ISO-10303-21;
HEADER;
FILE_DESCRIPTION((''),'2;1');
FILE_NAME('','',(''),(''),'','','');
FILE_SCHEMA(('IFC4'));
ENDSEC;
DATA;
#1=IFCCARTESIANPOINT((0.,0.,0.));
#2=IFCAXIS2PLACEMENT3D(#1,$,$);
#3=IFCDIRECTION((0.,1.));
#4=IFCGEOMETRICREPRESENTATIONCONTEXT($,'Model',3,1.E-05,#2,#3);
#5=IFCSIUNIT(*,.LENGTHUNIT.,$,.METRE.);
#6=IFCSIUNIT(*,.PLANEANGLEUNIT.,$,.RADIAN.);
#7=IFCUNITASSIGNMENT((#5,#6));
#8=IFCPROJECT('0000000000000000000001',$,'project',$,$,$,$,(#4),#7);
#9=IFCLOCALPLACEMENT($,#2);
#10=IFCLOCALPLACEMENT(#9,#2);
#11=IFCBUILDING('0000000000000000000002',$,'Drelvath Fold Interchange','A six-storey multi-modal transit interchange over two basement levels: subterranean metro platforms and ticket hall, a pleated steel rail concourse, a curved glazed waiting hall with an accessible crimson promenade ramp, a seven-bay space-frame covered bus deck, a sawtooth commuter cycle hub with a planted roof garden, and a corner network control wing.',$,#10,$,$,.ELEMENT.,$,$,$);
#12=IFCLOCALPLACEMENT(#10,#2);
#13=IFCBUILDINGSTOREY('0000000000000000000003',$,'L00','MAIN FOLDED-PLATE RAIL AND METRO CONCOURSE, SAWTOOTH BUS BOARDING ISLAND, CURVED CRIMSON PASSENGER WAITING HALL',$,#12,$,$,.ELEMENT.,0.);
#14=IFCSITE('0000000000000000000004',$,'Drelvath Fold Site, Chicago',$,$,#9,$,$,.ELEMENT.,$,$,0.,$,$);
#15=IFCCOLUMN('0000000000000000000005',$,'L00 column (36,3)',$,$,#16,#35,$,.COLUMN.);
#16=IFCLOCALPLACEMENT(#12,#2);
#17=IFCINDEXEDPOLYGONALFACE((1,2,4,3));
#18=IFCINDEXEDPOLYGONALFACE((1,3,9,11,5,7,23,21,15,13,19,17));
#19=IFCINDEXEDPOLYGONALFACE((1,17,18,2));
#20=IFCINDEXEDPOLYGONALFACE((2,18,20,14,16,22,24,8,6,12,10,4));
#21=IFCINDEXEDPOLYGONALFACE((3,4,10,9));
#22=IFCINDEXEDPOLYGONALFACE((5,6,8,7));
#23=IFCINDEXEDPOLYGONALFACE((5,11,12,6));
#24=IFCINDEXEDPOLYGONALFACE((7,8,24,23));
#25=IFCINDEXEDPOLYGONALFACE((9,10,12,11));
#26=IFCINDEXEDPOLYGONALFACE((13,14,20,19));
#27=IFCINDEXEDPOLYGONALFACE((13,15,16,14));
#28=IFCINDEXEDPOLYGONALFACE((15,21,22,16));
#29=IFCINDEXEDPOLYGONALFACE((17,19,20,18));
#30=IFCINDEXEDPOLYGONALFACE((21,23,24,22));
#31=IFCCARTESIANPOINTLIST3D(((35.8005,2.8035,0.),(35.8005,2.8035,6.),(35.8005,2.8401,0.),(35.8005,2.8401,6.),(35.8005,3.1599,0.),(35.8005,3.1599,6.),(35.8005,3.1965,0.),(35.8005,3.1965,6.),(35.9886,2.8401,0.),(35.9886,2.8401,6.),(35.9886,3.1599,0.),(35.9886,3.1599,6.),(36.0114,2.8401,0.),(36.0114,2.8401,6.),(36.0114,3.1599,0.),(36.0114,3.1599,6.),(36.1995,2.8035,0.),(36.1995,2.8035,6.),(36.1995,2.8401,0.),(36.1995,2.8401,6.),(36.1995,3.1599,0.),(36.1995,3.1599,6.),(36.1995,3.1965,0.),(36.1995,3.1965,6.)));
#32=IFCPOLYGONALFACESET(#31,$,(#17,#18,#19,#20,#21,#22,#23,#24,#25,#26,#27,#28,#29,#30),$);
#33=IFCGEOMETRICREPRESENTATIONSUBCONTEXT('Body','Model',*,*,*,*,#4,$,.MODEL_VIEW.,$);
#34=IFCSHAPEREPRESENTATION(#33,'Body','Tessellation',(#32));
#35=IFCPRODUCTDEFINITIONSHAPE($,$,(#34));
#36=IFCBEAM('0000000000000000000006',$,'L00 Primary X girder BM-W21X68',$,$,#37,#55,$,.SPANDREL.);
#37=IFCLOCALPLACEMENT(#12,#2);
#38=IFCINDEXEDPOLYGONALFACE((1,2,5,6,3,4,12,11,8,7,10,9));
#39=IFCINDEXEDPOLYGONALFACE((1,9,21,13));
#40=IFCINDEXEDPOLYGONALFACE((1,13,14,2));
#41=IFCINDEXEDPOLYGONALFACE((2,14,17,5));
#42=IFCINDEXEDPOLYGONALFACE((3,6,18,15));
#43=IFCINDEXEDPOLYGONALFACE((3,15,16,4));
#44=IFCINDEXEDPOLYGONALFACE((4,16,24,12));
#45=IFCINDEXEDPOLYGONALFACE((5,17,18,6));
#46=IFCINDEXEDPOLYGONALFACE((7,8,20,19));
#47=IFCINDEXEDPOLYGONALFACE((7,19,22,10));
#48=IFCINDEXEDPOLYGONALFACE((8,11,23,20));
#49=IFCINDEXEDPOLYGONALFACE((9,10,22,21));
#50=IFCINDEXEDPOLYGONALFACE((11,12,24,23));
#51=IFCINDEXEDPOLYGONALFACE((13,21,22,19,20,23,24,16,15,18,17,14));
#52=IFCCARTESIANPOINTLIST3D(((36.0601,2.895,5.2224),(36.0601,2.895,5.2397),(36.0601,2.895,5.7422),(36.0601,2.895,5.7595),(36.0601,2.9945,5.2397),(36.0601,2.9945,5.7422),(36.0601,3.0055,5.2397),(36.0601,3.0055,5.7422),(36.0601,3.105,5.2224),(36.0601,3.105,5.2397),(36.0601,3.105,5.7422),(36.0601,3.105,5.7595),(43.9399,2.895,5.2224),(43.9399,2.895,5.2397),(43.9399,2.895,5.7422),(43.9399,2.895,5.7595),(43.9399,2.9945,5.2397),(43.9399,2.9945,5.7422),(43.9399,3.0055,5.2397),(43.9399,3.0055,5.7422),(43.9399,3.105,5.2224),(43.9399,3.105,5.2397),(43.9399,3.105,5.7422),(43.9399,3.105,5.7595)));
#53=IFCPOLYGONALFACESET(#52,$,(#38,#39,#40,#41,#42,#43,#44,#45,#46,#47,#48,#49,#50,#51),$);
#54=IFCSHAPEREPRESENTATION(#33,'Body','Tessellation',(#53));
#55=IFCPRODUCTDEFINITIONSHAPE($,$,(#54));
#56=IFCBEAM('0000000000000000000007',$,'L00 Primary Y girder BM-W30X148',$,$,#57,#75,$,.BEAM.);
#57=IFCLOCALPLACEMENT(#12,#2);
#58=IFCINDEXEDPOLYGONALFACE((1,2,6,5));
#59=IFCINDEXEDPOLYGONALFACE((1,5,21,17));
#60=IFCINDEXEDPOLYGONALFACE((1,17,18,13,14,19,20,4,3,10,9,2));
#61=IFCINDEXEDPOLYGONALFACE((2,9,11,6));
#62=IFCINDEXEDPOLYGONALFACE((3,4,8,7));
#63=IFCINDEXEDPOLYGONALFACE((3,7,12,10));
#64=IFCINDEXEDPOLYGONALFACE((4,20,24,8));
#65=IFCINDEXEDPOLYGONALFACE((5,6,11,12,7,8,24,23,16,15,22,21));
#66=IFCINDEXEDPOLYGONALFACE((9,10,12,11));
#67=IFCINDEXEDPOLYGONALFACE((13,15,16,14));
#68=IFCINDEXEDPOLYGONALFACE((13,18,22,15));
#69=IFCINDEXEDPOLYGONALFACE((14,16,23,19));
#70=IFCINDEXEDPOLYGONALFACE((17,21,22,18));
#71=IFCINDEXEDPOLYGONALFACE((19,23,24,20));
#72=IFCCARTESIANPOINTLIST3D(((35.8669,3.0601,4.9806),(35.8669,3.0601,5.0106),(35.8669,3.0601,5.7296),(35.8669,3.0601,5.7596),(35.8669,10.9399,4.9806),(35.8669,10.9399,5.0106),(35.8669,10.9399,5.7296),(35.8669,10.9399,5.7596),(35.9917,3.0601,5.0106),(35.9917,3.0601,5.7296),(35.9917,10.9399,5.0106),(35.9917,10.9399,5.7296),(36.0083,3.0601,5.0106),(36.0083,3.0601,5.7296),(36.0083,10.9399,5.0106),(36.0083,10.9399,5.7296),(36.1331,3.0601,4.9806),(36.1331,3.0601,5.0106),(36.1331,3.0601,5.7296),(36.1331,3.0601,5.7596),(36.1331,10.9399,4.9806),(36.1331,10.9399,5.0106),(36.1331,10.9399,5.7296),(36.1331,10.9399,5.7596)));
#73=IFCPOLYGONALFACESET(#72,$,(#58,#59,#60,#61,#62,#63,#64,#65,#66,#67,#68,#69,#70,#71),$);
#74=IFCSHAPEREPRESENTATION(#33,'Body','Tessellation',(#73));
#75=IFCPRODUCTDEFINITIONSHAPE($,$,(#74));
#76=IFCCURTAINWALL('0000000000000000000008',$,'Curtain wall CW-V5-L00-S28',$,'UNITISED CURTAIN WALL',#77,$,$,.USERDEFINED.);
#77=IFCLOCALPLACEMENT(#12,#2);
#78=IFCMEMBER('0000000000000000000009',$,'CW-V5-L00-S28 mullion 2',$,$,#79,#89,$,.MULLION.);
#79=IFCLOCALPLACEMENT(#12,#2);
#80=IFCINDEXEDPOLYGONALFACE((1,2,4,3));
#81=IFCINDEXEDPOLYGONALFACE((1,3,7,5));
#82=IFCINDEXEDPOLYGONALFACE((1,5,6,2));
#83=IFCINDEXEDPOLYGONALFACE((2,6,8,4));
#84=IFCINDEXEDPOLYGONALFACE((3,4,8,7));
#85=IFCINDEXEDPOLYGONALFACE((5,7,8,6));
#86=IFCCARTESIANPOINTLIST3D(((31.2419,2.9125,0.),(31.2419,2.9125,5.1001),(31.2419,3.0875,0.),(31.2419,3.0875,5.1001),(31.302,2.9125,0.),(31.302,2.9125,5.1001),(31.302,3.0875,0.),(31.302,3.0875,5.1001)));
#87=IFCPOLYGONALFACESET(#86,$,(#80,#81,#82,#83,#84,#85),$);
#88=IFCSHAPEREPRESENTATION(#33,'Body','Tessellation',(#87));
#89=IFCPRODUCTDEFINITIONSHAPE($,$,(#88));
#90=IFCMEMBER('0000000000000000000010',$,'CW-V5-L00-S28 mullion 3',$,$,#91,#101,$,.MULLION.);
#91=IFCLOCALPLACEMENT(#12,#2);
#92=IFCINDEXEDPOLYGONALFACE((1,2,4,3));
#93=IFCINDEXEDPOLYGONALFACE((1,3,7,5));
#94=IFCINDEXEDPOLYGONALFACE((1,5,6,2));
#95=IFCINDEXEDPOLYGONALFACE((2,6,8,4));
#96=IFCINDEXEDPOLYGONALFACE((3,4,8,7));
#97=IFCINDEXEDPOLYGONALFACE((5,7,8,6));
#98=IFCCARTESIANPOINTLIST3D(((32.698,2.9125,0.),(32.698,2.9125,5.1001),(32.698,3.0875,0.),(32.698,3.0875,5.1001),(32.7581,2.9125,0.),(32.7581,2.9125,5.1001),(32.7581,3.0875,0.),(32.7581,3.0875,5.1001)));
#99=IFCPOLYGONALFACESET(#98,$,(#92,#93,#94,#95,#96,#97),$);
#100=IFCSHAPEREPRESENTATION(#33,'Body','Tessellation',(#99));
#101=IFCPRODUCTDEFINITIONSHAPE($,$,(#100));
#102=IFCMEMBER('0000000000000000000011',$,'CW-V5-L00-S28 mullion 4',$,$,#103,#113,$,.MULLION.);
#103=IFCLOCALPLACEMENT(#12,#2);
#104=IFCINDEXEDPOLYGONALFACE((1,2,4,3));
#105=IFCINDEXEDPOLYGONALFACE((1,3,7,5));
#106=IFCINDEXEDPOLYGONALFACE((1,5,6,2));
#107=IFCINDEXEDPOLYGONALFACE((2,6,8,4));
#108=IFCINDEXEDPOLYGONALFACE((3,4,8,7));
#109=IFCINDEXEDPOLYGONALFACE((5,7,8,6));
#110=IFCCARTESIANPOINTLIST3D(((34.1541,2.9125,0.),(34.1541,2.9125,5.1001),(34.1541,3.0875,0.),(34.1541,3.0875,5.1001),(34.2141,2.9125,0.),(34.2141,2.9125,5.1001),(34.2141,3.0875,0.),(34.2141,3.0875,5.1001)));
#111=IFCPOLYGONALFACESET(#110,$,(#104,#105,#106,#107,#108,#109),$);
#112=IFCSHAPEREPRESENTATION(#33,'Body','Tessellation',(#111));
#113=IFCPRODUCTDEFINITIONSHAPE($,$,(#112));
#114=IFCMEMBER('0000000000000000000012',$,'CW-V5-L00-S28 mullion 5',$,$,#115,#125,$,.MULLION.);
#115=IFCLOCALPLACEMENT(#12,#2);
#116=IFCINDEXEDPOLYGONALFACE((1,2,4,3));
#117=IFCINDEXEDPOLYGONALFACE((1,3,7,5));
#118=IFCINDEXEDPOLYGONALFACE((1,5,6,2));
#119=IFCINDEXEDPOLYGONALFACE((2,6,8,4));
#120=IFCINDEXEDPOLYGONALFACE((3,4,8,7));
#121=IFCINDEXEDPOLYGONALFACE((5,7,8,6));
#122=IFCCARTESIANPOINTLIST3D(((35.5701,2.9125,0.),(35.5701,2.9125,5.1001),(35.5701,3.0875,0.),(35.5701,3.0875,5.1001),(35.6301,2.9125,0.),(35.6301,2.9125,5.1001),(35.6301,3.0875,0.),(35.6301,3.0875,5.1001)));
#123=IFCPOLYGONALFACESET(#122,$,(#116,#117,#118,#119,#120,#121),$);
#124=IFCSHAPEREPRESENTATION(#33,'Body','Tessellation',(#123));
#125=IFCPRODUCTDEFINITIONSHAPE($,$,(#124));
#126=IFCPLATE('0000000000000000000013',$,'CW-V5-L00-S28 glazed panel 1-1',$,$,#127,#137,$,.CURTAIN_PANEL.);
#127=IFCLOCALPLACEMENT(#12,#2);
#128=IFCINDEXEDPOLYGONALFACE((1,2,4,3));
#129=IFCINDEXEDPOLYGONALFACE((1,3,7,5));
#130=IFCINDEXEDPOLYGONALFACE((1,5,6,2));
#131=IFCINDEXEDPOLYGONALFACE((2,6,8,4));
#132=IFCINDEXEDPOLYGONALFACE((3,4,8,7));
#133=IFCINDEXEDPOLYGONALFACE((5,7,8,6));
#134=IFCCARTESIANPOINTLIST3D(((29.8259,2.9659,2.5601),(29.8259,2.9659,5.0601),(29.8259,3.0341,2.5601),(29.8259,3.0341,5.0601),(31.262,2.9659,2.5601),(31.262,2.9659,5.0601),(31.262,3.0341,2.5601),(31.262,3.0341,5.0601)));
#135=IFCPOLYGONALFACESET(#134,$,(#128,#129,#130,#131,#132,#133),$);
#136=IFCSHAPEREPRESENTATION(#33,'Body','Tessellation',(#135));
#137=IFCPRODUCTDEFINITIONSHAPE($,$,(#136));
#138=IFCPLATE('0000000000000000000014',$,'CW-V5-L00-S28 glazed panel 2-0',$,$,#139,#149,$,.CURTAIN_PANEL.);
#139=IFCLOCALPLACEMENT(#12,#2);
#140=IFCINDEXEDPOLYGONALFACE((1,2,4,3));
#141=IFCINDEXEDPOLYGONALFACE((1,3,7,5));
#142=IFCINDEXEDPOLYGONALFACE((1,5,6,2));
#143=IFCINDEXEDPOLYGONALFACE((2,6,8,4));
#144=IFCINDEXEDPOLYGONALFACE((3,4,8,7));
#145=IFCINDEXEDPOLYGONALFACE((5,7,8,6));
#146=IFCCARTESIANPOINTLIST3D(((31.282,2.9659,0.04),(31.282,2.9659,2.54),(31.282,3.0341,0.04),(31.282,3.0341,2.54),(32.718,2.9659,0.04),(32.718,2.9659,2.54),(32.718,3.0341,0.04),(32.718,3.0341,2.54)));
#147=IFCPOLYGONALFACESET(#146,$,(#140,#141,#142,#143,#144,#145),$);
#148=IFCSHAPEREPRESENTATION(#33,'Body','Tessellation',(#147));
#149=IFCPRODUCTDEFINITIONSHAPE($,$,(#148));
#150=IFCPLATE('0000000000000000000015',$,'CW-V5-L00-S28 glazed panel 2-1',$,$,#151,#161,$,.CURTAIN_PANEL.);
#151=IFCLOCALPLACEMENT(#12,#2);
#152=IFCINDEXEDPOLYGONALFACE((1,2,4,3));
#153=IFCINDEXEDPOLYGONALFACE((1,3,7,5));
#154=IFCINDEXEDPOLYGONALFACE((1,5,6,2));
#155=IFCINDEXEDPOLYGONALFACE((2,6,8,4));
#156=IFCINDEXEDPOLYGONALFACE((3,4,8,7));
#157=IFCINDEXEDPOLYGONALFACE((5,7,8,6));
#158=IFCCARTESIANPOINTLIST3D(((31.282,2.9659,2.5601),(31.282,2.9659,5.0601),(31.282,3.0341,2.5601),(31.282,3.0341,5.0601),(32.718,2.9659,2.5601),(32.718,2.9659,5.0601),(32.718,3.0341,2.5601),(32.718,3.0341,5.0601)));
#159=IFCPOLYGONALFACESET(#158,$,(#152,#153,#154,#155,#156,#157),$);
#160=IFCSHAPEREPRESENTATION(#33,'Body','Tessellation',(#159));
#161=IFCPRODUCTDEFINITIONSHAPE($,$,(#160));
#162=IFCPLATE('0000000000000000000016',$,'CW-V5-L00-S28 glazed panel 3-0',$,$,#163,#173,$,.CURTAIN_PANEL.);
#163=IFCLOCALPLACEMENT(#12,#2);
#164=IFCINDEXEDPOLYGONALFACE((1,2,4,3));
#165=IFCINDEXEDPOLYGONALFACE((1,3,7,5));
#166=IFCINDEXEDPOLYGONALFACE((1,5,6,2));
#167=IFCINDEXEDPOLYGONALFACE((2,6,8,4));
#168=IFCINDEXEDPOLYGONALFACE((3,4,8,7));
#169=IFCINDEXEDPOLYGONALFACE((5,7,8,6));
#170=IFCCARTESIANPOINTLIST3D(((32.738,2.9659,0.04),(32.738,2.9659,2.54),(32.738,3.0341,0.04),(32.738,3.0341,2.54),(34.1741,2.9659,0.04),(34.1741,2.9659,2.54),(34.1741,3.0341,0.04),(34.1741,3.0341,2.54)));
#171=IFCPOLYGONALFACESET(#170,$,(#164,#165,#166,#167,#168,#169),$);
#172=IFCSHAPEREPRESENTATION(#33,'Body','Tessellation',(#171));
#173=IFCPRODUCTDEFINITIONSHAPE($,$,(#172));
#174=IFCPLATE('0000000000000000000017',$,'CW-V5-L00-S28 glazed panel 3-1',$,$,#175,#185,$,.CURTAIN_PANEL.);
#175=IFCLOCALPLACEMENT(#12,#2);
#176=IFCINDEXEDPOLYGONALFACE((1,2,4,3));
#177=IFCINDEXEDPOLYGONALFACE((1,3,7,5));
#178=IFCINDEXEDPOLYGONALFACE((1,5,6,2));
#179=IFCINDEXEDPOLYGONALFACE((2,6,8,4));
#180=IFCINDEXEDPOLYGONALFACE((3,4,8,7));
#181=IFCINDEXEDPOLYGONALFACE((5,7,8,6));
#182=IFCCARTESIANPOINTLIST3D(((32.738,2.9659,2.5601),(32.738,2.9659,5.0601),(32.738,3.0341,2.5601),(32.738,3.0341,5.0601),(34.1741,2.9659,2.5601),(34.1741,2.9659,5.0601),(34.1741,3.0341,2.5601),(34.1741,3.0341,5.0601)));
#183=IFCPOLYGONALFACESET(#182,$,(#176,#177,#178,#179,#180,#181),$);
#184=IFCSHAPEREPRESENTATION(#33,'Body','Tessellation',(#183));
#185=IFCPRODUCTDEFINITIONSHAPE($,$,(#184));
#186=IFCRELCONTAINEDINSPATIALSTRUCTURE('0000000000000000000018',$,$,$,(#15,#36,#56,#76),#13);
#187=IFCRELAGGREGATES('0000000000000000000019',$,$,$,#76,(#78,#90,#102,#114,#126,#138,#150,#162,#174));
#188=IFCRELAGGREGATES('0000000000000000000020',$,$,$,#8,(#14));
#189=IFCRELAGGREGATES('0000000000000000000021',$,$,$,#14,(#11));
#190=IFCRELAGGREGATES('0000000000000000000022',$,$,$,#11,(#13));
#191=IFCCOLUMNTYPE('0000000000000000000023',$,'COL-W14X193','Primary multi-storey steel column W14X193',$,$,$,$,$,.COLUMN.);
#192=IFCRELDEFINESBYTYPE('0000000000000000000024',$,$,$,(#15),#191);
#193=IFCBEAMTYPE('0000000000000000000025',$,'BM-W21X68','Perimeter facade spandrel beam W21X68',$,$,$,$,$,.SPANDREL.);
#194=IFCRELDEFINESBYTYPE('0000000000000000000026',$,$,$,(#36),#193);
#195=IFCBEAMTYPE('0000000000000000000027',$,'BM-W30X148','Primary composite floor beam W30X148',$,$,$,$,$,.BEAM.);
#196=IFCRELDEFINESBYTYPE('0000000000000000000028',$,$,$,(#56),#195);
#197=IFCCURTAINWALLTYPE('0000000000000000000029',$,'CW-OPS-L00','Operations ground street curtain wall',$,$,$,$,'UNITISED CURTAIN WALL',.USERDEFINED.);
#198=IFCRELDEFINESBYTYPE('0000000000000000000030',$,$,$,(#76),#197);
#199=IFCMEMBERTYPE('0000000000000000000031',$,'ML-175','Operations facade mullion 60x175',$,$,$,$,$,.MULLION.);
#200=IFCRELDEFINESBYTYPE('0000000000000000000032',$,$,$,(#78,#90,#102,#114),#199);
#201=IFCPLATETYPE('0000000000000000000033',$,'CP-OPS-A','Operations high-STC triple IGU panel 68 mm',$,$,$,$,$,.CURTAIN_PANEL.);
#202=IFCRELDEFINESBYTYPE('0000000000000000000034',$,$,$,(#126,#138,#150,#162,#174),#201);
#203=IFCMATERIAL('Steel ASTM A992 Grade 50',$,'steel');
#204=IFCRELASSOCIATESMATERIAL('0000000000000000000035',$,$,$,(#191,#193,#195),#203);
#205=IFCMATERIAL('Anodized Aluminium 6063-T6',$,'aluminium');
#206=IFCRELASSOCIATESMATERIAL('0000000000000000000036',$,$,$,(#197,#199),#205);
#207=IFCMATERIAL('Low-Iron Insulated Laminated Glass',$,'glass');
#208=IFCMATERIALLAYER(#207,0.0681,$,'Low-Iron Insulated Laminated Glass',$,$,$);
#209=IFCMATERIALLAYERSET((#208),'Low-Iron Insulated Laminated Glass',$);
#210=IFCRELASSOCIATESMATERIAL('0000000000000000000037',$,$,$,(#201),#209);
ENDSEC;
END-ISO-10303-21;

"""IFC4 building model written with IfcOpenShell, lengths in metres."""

from ifc_helpers import new_model, si_unit, direction, frame, origin, origin_2d, place, context, subcontext, project, spatial, rectangle, i_section, extrude, material, layer, layer_set, material_profile, profile_set, type_object, element, aggregate, save


model = new_model("IFC4")

# Units and contexts
model_context = context("Model", 3, precision=1e-05, world=origin(), true_north=direction((0.0, 1.0)))
body_context = subcontext(model_context, "Body", "Model", "MODEL_VIEW")
ifc_project = project(units=[si_unit("LENGTHUNIT", "METRE"), si_unit("PLANEANGLEUNIT", "RADIAN")], contexts=[model_context])

# Site, building, storey
site_placement = place(None, origin())
site = spatial("IfcSite", under=ifc_project, at=site_placement, Name="Drelvath Fold Site, Chicago", CompositionType="ELEMENT", RefElevation=0.0)
building_placement = place(site_placement, origin())
building = spatial("IfcBuilding", under=site, at=building_placement, Name="Drelvath Fold Interchange", Description="A six-storey multi-modal transit interchange over two basement levels: subterranean metro platforms and ticket hall, a pleated steel rail concourse, a curved glazed waiting hall with an accessible crimson promenade ramp, a seven-bay space-frame covered bus deck, a sawtooth commuter cycle hub with a planted roof garden, and a corner network control wing.", CompositionType="ELEMENT")
storey_placement = place(building_placement, origin())
storey = spatial("IfcBuildingStorey", under=building, at=storey_placement, Name="L00", Description="MAIN FOLDED-PLATE RAIL AND METRO CONCOURSE, SAWTOOTH BUS BOARDING ISLAND, CURVED CRIMSON PASSENGER WAITING HALL", CompositionType="ELEMENT", Elevation=0.0)

# Column
ifc_material_1 = material(Name="Steel ASTM A992 Grade 50", Category="steel")
ifc_material_profile_1 = material_profile(ifc_material_1, i_section(OverallWidth=0.3989, OverallDepth=0.3931, WebThickness=0.0227, FlangeThickness=0.0366, at=origin_2d()), Name="W14X193")
ifc_profile_set_1 = profile_set([ifc_material_profile_1], Name="Steel ASTM A992 Grade 50")
column_type = type_object("IfcColumnType", Name="COL-W14X193", Description="Primary multi-storey steel column W14X193", PredefinedType="COLUMN", material=ifc_profile_set_1)
column_placement = place(storey_placement, frame((36.0, 3.0, 0.0), z_axis=(0.0, 0.0, 1.0), x_axis=(1.0, 0.0, 0.0)))
element("IfcColumn", 1, at=column_placement, inside=storey, type_object=column_type, Name="L00 column (36,3)", PredefinedType="COLUMN", context=body_context, shape_type="SweptSolid", body=[
    extrude(i_section(OverallWidth=0.3989, OverallDepth=0.3931, WebThickness=0.0227, FlangeThickness=0.0366, at=origin_2d()), origin(), (0.0, 0.0, 1.0), 6.0),
])

# Beams
ifc_material_profile_2 = material_profile(ifc_material_1, i_section(OverallWidth=0.21, OverallDepth=0.5371, WebThickness=0.011, FlangeThickness=0.0173, at=origin_2d()), Name="W21X68")
ifc_profile_set_2 = profile_set([ifc_material_profile_2], Name="Steel ASTM A992 Grade 50")
beam_type_1 = type_object("IfcBeamType", Name="BM-W21X68", Description="Perimeter facade spandrel beam W21X68", PredefinedType="SPANDREL", material=ifc_profile_set_2)
beam_1_placement = place(storey_placement, frame((36.0601, 3.0, 5.491), z_axis=(1.0, 0.0, 0.0), x_axis=(0.0, 1.0, 0.0)))
element("IfcBeam", 2, at=beam_1_placement, inside=storey, type_object=beam_type_1, Name="L00 Primary X girder BM-W21X68", PredefinedType="SPANDREL", context=body_context, shape_type="SweptSolid", body=[
    extrude(i_section(OverallWidth=0.21, OverallDepth=0.5371, WebThickness=0.011, FlangeThickness=0.0173, at=origin_2d()), origin(), (0.0, 0.0, 1.0), 7.8799),
])
ifc_material_profile_3 = material_profile(ifc_material_1, i_section(OverallWidth=0.2661, OverallDepth=0.7791, WebThickness=0.0166, FlangeThickness=0.03, at=origin_2d()), Name="W30X148")
ifc_profile_set_3 = profile_set([ifc_material_profile_3], Name="Steel ASTM A992 Grade 50")
beam_type_2 = type_object("IfcBeamType", Name="BM-W30X148", Description="Primary composite floor beam W30X148", PredefinedType="BEAM", material=ifc_profile_set_3)
beam_2_placement = place(storey_placement, frame((36.0, 3.0601, 5.3701), z_axis=(0.0, 1.0, 0.0), x_axis=(-1.0, 0.0, 0.0)))
element("IfcBeam", 3, at=beam_2_placement, inside=storey, type_object=beam_type_2, Name="L00 Primary Y girder BM-W30X148", PredefinedType="BEAM", context=body_context, shape_type="SweptSolid", body=[
    extrude(i_section(OverallWidth=0.2661, OverallDepth=0.7791, WebThickness=0.0166, FlangeThickness=0.03, at=origin_2d()), origin(), (0.0, 0.0, 1.0), 7.8799),
])

# Curtain wall, members, plates
ifc_material_2 = material(Name="Anodized Aluminium 6063-T6", Category="aluminium")
curtain_wall_type = type_object("IfcCurtainWallType", Name="CW-OPS-L00", Description="Operations ground street curtain wall", ElementType="UNITISED CURTAIN WALL", PredefinedType="USERDEFINED", material=ifc_material_2)
curtain_wall_placement = place(storey_placement, origin())
curtain_wall = element("IfcCurtainWall", 4, at=curtain_wall_placement, inside=storey, type_object=curtain_wall_type, Name="Curtain wall CW-V5-L00-S28", ObjectType="UNITISED CURTAIN WALL", PredefinedType="USERDEFINED")
ifc_material_profile_4 = material_profile(ifc_material_2, rectangle(XDim=0.0601, YDim=0.175, at=origin_2d()), Name="AL-M 60x175")
ifc_profile_set_4 = profile_set([ifc_material_profile_4], Name="Anodized Aluminium 6063-T6")
member_type = type_object("IfcMemberType", Name="ML-175", Description="Operations facade mullion 60x175", PredefinedType="MULLION", material=ifc_profile_set_4)
member_1_placement = place(storey_placement, frame((31.272, 3.0, 0.0), z_axis=(0.0, 0.0, 1.0), x_axis=(1.0, 0.0, 0.0)))
member_1 = element("IfcMember", 5, at=member_1_placement, type_object=member_type, Name="CW-V5-L00-S28 mullion 2", PredefinedType="MULLION", context=body_context, shape_type="SweptSolid", body=[
    extrude(rectangle(XDim=0.0601, YDim=0.175, at=origin_2d()), origin(), (0.0, 0.0, 1.0), 5.1001),
])
member_2_placement = place(storey_placement, frame((32.728, 3.0, 0.0), z_axis=(0.0, 0.0, 1.0), x_axis=(1.0, 0.0, 0.0)))
member_2 = element("IfcMember", 6, at=member_2_placement, type_object=member_type, Name="CW-V5-L00-S28 mullion 3", PredefinedType="MULLION", context=body_context, shape_type="SweptSolid", body=[
    extrude(rectangle(XDim=0.0601, YDim=0.175, at=origin_2d()), origin(), (0.0, 0.0, 1.0), 5.1001),
])
member_3_placement = place(storey_placement, frame((34.1841, 3.0, 0.0), z_axis=(0.0, 0.0, 1.0), x_axis=(1.0, 0.0, 0.0)))
member_3 = element("IfcMember", 7, at=member_3_placement, type_object=member_type, Name="CW-V5-L00-S28 mullion 4", PredefinedType="MULLION", context=body_context, shape_type="SweptSolid", body=[
    extrude(rectangle(XDim=0.0601, YDim=0.175, at=origin_2d()), origin(), (0.0, 0.0, 1.0), 5.1001),
])
member_4_placement = place(storey_placement, frame((35.6001, 3.0, 0.0), z_axis=(0.0, 0.0, 1.0), x_axis=(1.0, 0.0, 0.0)))
member_4 = element("IfcMember", 8, at=member_4_placement, type_object=member_type, Name="CW-V5-L00-S28 mullion 5", PredefinedType="MULLION", context=body_context, shape_type="SweptSolid", body=[
    extrude(rectangle(XDim=0.0601, YDim=0.175, at=origin_2d()), origin(), (0.0, 0.0, 1.0), 5.1001),
])
ifc_material_3 = material(Name="Low-Iron Insulated Laminated Glass", Category="glass")
ifc_layer_1 = layer(ifc_material_3, 0.0681, Name="Low-Iron Insulated Laminated Glass")
ifc_layer_set_1 = layer_set([ifc_layer_1], Name="Low-Iron Insulated Laminated Glass")
plate_type = type_object("IfcPlateType", Name="CP-OPS-A", Description="Operations high-STC triple IGU panel 68 mm", PredefinedType="CURTAIN_PANEL", material=ifc_layer_set_1)
plate_1_placement = place(storey_placement, frame((30.5439, 3.0, 2.5601), z_axis=(0.0, 0.0, 1.0), x_axis=(1.0, 0.0, 0.0)))
plate_1 = element("IfcPlate", 9, at=plate_1_placement, type_object=plate_type, Name="CW-V5-L00-S28 glazed panel 1-1", PredefinedType="CURTAIN_PANEL", context=body_context, shape_type="SweptSolid", body=[
    extrude(rectangle(XDim=1.436, YDim=0.0681, at=origin_2d()), origin(), (0.0, 0.0, 1.0), 2.5),
])
plate_2_placement = place(storey_placement, frame((32.0, 3.0, 0.04), z_axis=(0.0, 0.0, 1.0), x_axis=(1.0, 0.0, 0.0)))
plate_2 = element("IfcPlate", 10, at=plate_2_placement, type_object=plate_type, Name="CW-V5-L00-S28 glazed panel 2-0", PredefinedType="CURTAIN_PANEL", context=body_context, shape_type="SweptSolid", body=[
    extrude(rectangle(XDim=1.436, YDim=0.0681, at=origin_2d()), origin(), (0.0, 0.0, 1.0), 2.5),
])
plate_3_placement = place(storey_placement, frame((32.0, 3.0, 2.5601), z_axis=(0.0, 0.0, 1.0), x_axis=(1.0, 0.0, 0.0)))
plate_3 = element("IfcPlate", 11, at=plate_3_placement, type_object=plate_type, Name="CW-V5-L00-S28 glazed panel 2-1", PredefinedType="CURTAIN_PANEL", context=body_context, shape_type="SweptSolid", body=[
    extrude(rectangle(XDim=1.436, YDim=0.0681, at=origin_2d()), origin(), (0.0, 0.0, 1.0), 2.5),
])
plate_4_placement = place(storey_placement, frame((33.4561, 3.0, 0.04), z_axis=(0.0, 0.0, 1.0), x_axis=(1.0, 0.0, 0.0)))
plate_4 = element("IfcPlate", 12, at=plate_4_placement, type_object=plate_type, Name="CW-V5-L00-S28 glazed panel 3-0", PredefinedType="CURTAIN_PANEL", context=body_context, shape_type="SweptSolid", body=[
    extrude(rectangle(XDim=1.436, YDim=0.0681, at=origin_2d()), origin(), (0.0, 0.0, 1.0), 2.5),
])
plate_5_placement = place(storey_placement, frame((33.4561, 3.0, 2.5601), z_axis=(0.0, 0.0, 1.0), x_axis=(1.0, 0.0, 0.0)))
plate_5 = element("IfcPlate", 13, at=plate_5_placement, type_object=plate_type, Name="CW-V5-L00-S28 glazed panel 3-1", PredefinedType="CURTAIN_PANEL", context=body_context, shape_type="SweptSolid", body=[
    extrude(rectangle(XDim=1.436, YDim=0.0681, at=origin_2d()), origin(), (0.0, 0.0, 1.0), 2.5),
])
aggregate(curtain_wall, [member_1, member_2, member_3, member_4, plate_1, plate_2, plate_3, plate_4, plate_5])

save(model, "model.ifc")
